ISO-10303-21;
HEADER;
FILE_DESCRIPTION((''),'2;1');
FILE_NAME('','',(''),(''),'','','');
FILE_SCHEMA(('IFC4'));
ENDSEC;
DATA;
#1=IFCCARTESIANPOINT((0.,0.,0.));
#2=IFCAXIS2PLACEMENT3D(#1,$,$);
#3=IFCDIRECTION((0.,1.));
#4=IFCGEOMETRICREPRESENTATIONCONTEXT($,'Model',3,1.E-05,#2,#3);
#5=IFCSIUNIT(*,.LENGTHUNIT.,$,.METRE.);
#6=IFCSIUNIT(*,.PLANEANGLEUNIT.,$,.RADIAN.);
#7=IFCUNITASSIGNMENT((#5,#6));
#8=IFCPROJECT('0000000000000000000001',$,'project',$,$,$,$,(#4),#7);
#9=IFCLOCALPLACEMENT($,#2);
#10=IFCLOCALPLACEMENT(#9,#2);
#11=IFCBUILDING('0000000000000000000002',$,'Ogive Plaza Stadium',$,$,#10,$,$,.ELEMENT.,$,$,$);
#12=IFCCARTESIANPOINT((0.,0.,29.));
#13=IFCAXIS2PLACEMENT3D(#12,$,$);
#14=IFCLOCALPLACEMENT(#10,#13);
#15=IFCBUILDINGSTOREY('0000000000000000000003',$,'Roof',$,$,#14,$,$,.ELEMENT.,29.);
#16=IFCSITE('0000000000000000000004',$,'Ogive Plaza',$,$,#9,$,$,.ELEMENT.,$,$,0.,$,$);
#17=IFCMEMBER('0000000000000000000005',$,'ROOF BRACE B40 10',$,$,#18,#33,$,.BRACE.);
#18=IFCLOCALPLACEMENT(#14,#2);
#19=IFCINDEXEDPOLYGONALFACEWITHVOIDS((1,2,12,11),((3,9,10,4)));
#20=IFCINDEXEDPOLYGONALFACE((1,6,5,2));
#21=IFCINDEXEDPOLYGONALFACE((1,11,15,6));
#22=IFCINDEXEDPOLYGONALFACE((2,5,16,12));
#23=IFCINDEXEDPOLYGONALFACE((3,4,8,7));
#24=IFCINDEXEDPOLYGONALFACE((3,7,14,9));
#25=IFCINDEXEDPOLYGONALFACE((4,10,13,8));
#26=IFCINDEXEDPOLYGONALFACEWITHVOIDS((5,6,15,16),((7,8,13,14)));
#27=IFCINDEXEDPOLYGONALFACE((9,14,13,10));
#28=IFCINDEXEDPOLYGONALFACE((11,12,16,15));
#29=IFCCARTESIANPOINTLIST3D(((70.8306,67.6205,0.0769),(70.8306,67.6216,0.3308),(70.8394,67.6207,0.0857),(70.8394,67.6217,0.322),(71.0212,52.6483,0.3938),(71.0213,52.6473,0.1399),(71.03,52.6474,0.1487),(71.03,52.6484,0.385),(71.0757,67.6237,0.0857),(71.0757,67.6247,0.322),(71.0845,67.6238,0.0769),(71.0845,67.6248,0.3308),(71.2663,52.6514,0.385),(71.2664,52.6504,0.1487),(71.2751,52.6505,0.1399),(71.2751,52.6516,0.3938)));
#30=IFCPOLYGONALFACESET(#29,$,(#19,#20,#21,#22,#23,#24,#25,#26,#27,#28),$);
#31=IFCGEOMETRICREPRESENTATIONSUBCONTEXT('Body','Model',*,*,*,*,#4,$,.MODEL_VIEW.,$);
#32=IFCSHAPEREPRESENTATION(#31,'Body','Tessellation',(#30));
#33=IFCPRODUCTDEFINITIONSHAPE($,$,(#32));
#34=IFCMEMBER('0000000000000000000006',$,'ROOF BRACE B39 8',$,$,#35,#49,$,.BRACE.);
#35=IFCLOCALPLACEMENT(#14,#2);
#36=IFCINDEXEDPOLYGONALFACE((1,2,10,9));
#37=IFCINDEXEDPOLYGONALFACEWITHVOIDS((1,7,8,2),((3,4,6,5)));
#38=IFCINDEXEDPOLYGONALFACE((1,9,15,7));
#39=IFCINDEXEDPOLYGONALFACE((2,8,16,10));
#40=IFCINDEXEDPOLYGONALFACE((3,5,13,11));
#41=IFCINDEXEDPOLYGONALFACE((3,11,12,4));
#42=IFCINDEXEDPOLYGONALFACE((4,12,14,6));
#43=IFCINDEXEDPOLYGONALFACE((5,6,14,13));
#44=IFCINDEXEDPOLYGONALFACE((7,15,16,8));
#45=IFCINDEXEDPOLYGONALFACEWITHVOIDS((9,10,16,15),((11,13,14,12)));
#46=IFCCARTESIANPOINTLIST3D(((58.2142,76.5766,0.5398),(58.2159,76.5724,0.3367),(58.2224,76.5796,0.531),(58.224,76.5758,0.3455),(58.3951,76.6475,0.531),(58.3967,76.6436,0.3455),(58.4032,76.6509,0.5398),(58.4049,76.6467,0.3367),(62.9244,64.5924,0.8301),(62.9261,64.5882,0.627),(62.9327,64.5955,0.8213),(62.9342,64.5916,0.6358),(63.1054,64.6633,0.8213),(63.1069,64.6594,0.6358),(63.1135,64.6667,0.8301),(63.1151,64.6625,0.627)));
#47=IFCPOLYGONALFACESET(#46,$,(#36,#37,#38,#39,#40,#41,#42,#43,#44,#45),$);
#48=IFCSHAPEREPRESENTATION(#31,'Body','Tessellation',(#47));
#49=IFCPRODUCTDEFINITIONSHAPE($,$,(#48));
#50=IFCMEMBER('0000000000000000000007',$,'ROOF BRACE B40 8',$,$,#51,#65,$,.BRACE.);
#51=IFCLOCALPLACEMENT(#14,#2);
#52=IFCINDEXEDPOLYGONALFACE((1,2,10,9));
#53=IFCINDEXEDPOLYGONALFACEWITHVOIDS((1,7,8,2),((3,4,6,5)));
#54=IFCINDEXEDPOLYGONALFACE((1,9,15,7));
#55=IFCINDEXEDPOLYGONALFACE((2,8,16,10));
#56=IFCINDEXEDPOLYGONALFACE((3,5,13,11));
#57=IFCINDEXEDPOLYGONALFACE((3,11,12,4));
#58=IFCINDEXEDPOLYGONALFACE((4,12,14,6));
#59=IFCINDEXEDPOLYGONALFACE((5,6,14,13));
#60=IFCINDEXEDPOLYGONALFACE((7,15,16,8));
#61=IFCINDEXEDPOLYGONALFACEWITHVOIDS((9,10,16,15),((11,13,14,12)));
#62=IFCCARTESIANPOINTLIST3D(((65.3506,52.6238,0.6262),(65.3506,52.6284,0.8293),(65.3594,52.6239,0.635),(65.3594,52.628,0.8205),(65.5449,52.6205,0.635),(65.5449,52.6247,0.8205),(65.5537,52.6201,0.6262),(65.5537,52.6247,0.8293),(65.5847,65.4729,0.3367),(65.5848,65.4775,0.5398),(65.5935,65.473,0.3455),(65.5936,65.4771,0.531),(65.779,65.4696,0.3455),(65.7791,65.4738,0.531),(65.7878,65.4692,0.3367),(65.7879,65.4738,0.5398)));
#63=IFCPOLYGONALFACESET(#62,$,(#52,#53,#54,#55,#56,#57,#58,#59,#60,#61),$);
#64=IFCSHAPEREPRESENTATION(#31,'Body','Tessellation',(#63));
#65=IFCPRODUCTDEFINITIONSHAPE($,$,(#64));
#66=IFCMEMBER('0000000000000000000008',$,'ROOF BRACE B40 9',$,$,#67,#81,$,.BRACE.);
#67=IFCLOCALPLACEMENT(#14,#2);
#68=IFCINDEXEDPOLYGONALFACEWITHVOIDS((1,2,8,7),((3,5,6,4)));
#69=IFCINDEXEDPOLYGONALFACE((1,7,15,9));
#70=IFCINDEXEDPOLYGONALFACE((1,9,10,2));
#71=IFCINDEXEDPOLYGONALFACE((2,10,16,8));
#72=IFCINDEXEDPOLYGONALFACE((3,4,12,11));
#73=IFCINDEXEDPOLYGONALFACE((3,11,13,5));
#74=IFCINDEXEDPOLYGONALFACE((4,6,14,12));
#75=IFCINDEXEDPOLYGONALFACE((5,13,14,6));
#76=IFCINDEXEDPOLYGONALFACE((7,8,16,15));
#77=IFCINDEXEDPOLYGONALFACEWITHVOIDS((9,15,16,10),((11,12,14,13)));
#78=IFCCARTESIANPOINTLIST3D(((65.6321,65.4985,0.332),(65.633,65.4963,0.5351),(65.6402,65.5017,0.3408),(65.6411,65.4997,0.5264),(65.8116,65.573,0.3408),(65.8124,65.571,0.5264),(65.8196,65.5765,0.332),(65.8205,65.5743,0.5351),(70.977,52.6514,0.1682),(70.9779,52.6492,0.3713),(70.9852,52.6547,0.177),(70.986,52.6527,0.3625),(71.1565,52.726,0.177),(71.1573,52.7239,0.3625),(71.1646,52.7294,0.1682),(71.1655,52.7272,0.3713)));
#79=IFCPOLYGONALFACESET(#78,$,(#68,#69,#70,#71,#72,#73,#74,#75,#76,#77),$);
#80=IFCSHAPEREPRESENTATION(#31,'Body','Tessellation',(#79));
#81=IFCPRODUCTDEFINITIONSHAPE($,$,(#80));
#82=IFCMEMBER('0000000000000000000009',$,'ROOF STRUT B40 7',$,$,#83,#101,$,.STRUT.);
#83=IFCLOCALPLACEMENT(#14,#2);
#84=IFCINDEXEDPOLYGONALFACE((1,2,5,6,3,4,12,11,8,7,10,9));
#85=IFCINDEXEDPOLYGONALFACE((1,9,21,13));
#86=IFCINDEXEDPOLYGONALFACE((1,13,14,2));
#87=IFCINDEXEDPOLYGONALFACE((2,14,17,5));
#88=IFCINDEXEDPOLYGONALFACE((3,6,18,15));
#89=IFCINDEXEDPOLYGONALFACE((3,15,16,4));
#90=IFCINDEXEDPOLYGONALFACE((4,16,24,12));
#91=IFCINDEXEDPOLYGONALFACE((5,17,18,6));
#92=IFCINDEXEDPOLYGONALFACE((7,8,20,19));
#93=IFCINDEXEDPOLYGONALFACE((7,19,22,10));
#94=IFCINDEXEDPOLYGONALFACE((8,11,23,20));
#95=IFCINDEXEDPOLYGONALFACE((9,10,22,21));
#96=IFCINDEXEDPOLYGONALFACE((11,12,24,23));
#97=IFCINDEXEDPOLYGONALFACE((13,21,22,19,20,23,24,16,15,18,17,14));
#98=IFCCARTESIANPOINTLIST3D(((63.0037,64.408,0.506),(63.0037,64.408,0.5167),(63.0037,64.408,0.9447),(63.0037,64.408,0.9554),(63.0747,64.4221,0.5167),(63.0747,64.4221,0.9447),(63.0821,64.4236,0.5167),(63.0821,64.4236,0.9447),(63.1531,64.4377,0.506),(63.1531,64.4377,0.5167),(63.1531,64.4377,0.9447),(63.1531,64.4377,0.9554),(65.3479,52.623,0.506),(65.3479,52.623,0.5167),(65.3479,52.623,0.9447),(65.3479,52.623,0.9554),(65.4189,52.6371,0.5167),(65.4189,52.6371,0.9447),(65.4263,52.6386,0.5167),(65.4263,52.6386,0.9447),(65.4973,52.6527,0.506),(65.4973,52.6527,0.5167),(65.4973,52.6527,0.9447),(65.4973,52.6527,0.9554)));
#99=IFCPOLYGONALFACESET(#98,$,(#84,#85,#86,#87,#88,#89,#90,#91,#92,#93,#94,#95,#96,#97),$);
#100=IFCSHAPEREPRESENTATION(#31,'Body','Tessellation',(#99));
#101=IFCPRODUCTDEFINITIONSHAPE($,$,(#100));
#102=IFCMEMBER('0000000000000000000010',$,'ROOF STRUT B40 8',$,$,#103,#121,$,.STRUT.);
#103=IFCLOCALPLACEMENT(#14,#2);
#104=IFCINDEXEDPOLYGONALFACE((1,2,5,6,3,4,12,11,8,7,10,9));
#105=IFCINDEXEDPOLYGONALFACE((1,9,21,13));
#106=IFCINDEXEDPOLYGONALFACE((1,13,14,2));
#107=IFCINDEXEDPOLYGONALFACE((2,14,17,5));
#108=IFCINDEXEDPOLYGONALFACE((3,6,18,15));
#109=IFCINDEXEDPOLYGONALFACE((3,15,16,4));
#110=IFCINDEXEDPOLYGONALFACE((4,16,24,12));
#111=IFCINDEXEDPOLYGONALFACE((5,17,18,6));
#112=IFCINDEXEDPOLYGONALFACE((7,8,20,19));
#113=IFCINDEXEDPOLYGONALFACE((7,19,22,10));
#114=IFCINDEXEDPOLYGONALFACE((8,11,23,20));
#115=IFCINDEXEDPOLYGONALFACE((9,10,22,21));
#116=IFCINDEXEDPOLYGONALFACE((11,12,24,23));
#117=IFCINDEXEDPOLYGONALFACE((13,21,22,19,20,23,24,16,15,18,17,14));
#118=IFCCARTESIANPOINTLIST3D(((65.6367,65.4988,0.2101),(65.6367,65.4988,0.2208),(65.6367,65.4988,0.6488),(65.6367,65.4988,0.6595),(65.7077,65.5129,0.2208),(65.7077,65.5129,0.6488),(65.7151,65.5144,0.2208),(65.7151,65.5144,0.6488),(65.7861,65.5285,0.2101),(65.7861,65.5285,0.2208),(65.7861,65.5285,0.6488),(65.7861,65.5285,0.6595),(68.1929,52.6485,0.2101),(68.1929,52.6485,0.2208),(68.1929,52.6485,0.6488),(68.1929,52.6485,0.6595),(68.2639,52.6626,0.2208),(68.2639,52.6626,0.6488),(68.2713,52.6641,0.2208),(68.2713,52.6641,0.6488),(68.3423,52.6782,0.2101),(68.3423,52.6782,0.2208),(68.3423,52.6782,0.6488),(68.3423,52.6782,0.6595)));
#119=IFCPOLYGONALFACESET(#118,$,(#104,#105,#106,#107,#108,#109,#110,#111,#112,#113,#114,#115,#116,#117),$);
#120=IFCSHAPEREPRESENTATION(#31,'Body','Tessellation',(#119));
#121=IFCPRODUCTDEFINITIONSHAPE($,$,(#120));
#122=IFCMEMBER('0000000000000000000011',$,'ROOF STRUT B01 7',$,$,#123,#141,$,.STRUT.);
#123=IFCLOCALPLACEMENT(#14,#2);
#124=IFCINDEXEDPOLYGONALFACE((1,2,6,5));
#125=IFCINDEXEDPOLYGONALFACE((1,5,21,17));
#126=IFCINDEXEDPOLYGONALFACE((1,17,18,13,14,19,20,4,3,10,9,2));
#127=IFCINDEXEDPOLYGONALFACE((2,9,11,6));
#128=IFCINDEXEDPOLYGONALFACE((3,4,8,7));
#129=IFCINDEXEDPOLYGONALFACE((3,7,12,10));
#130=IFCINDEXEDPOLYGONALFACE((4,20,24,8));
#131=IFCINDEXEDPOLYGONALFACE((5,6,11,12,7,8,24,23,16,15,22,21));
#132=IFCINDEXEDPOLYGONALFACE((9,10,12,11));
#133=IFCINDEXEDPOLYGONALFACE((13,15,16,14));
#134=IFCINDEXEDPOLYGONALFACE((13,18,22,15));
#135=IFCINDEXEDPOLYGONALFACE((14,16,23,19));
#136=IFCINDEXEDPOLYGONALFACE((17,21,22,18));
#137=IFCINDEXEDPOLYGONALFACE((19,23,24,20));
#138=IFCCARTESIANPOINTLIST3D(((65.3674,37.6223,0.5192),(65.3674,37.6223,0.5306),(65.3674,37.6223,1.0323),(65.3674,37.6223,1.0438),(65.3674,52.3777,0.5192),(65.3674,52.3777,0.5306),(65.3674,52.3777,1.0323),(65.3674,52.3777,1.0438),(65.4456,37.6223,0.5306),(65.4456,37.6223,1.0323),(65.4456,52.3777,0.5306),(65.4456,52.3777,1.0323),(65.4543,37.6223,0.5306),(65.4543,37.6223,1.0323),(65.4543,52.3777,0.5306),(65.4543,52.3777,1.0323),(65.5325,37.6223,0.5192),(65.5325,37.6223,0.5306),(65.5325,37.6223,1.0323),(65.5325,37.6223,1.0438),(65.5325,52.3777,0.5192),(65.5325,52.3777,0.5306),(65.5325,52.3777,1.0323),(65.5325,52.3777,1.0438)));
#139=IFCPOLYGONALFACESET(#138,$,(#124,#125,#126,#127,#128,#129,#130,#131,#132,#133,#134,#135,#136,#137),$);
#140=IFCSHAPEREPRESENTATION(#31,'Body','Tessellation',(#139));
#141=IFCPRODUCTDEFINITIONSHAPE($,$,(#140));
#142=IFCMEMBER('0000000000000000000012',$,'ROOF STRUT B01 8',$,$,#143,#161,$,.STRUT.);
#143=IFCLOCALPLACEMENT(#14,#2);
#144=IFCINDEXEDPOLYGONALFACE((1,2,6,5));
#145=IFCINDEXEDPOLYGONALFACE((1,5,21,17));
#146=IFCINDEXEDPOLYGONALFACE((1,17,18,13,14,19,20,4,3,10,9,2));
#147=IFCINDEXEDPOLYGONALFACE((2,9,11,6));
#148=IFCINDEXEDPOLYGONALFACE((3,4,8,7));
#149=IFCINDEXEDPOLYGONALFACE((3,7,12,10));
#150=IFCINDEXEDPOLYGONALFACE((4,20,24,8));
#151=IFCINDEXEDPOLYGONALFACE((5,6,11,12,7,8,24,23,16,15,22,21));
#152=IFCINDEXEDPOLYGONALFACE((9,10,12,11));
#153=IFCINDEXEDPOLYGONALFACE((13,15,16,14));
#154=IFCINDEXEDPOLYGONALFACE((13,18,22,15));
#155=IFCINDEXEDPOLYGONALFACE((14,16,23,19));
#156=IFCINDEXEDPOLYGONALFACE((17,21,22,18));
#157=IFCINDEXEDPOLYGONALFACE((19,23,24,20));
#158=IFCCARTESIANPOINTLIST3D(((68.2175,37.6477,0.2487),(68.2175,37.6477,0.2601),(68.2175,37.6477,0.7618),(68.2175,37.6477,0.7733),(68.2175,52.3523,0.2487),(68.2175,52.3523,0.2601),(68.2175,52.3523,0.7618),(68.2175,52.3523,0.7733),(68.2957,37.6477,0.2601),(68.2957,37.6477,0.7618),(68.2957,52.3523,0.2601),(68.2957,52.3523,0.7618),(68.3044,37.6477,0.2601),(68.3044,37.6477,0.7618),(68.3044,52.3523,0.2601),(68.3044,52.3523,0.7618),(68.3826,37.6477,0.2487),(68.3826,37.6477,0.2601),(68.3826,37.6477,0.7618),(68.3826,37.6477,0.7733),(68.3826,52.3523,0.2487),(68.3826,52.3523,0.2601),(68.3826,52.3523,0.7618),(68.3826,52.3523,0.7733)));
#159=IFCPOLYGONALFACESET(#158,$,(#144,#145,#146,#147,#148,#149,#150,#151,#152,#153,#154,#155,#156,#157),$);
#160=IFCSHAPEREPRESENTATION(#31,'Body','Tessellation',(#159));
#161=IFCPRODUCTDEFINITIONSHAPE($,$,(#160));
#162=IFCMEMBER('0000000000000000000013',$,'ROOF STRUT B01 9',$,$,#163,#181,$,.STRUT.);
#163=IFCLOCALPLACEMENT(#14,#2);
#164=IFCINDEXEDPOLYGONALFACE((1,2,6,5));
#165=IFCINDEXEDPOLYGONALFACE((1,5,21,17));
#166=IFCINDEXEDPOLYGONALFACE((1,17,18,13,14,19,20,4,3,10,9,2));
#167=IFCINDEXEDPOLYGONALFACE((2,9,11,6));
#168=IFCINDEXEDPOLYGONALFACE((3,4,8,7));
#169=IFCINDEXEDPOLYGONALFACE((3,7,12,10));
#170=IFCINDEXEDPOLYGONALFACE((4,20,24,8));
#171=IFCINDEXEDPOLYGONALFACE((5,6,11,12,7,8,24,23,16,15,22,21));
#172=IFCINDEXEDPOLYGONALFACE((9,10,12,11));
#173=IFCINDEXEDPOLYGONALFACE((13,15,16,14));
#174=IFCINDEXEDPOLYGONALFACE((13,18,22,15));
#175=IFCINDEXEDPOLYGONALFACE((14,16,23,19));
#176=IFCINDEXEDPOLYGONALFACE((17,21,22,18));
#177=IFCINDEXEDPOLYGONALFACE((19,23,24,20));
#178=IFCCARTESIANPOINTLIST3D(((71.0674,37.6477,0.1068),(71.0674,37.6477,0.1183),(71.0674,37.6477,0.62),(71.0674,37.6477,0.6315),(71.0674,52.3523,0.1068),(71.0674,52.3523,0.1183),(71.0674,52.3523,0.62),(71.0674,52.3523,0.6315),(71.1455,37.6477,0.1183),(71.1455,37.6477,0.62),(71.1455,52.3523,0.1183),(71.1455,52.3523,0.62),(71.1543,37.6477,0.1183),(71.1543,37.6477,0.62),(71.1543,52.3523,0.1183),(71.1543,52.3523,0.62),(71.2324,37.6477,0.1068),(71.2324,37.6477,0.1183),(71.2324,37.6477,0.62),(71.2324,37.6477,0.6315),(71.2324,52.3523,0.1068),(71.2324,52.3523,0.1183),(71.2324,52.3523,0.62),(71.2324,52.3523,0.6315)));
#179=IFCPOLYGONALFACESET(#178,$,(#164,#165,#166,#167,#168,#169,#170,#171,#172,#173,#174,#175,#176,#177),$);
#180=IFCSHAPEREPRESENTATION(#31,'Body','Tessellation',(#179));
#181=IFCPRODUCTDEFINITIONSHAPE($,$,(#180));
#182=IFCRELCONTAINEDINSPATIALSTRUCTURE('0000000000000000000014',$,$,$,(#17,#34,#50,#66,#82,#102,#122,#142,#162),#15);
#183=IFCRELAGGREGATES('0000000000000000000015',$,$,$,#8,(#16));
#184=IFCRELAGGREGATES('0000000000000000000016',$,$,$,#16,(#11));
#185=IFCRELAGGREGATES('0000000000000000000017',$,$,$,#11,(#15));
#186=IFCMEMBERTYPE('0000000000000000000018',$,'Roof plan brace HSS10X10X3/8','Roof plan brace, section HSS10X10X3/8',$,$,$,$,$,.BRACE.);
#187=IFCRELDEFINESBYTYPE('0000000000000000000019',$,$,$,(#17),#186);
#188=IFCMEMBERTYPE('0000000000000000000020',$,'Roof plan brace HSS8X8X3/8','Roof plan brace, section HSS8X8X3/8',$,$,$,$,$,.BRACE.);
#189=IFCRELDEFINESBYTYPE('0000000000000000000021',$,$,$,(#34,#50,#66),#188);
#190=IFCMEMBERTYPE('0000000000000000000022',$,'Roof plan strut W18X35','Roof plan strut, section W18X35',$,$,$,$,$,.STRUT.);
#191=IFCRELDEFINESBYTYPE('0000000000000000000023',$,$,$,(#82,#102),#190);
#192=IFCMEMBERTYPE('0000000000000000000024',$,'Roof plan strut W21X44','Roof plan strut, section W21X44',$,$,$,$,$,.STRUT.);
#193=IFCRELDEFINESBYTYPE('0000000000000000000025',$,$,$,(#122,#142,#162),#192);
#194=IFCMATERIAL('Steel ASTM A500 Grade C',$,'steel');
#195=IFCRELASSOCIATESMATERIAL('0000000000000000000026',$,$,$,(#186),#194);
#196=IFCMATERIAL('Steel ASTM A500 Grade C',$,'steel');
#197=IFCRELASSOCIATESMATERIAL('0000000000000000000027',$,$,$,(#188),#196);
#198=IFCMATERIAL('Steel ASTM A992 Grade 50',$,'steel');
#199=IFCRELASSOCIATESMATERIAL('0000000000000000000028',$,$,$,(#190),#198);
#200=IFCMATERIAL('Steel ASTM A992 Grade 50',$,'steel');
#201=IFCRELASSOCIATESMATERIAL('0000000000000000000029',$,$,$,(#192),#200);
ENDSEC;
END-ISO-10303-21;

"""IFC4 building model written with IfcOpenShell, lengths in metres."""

from ifc_helpers import new_model, si_unit, direction, frame, origin, origin_2d, place, context, subcontext, project, spatial, hollow_rectangle, i_section, extrude, material, material_profile, profile_set, type_object, element, save


model = new_model("IFC4")

# Units and contexts
model_context = context("Model", 3, precision=1e-05, world=origin(), true_north=direction((0.0, 1.0)))
body_context = subcontext(model_context, "Body", "Model", "MODEL_VIEW")
ifc_project = project(units=[si_unit("LENGTHUNIT", "METRE"), si_unit("PLANEANGLEUNIT", "RADIAN")], contexts=[model_context])

# Site, building, storey
site_placement = place(None, origin())
site = spatial("IfcSite", under=ifc_project, at=site_placement, Name="Ogive Plaza", CompositionType="ELEMENT", RefElevation=0.0)
building_placement = place(site_placement, origin())
building = spatial("IfcBuilding", under=site, at=building_placement, Name="Ogive Plaza Stadium", CompositionType="ELEMENT")
storey_placement = place(building_placement, frame((0.0, 0.0, 29.0)))
storey = spatial("IfcBuildingStorey", under=building, at=storey_placement, Name="Roof", CompositionType="ELEMENT", Elevation=29.0)

# Members
ifc_material_1 = material(Name="Steel ASTM A500 Grade C", Category="steel")
ifc_material_profile_1 = material_profile(ifc_material_1, hollow_rectangle(XDim=0.2539, YDim=0.2539, WallThickness=0.0088, at=origin_2d()), Name="HSS10X10X3/8")
ifc_profile_set_1 = profile_set([ifc_material_profile_1], Name="Steel ASTM A500 Grade C")
member_type_1 = type_object("IfcMemberType", Name="Roof plan brace HSS10X10X3/8", Description="Roof plan brace, section HSS10X10X3/8", PredefinedType="BRACE", material=ifc_profile_set_1)
member_1_placement = place(storey_placement, frame((71.1482, 52.6494, 0.2668), z_axis=(-0.012733, 0.99991, -0.004206), x_axis=(-0.999919, -0.012733, 0.0)))
element("IfcMember", 1, at=member_1_placement, inside=storey, type_object=member_type_1, Name="ROOF BRACE B40 10", PredefinedType="BRACE", context=body_context, shape_type="SweptSolid", body=[
    extrude(hollow_rectangle(XDim=0.2539, YDim=0.2539, WallThickness=0.0088, at=origin_2d()), origin(), (0.0, 0.0, 1.0), 14.9746),
])
ifc_material_2 = material(Name="Steel ASTM A500 Grade C", Category="steel")
ifc_material_profile_2 = material_profile(ifc_material_2, hollow_rectangle(XDim=0.2031, YDim=0.2031, WallThickness=0.0088, at=origin_2d()), Name="HSS8X8X3/8")
ifc_profile_set_2 = profile_set([ifc_material_profile_2], Name="Steel ASTM A500 Grade C")
member_type_2 = type_object("IfcMemberType", Name="Roof plan brace HSS8X8X3/8", Description="Roof plan brace, section HSS8X8X3/8", PredefinedType="BRACE", material=ifc_profile_set_2)
member_2_placement = place(storey_placement, frame((63.0198, 64.6274, 0.7285), z_axis=(-0.365704, 0.930458, -0.022538), x_axis=(-0.930695, -0.365797, 0.0)))
element("IfcMember", 2, at=member_2_placement, inside=storey, type_object=member_type_2, Name="ROOF BRACE B39 8", PredefinedType="BRACE", context=body_context, shape_type="SweptSolid", body=[
    extrude(hollow_rectangle(XDim=0.2031, YDim=0.2031, WallThickness=0.0088, at=origin_2d()), origin(), (0.0, 0.0, 1.0), 12.8799),
])
member_3_placement = place(storey_placement, frame((65.4521, 52.6243, 0.7278), z_axis=(0.018214, 0.99958, -0.022525), x_axis=(-0.999834, 0.018219, 0.0)))
element("IfcMember", 3, at=member_3_placement, inside=storey, type_object=member_type_2, Name="ROOF BRACE B40 8", PredefinedType="BRACE", context=body_context, shape_type="SweptSolid", body=[
    extrude(hollow_rectangle(XDim=0.2031, YDim=0.2031, WallThickness=0.0088, at=origin_2d()), origin(), (0.0, 0.0, 1.0), 12.8545),
])
member_4_placement = place(storey_placement, frame((65.7263, 65.5364, 0.4336), z_axis=(0.384098, -0.923217, -0.011772), x_axis=(0.923281, 0.384124, 0.0)))
element("IfcMember", 4, at=member_4_placement, inside=storey, type_object=member_type_2, Name="ROOF BRACE B40 9", PredefinedType="BRACE", context=body_context, shape_type="SweptSolid", body=[
    extrude(hollow_rectangle(XDim=0.2031, YDim=0.2031, WallThickness=0.0088, at=origin_2d()), origin(), (0.0, 0.0, 1.0), 13.9155),
])
ifc_material_3 = material(Name="Steel ASTM A992 Grade 50", Category="steel")
ifc_material_profile_3 = material_profile(ifc_material_3, i_section(OverallWidth=0.1523, OverallDepth=0.4495, WebThickness=0.0076, FlangeThickness=0.0107, at=origin_2d()), Name="W18X35")
ifc_profile_set_3 = profile_set([ifc_material_profile_3], Name="Steel ASTM A992 Grade 50")
member_type_3 = type_object("IfcMemberType", Name="Roof plan strut W18X35", Description="Roof plan strut, section W18X35", PredefinedType="STRUT", material=ifc_profile_set_3)
member_5_placement = place(storey_placement, frame((63.0784, 64.4229, 0.7307), z_axis=(0.195096, -0.980784, 0.0), x_axis=(0.980784, 0.195096, 0.0)))
element("IfcMember", 5, at=member_5_placement, inside=storey, type_object=member_type_3, Name="ROOF STRUT B40 7", PredefinedType="STRUT", context=body_context, shape_type="SweptSolid", body=[
    extrude(i_section(OverallWidth=0.1523, OverallDepth=0.4495, WebThickness=0.0076, FlangeThickness=0.0107, at=origin_2d()), origin(), (0.0, 0.0, 1.0), 12.0159),
])
member_6_placement = place(storey_placement, frame((65.7114, 65.5137, 0.4348), z_axis=(0.195095, -0.980784, 0.0), x_axis=(0.980784, 0.195095, 0.0)))
element("IfcMember", 6, at=member_6_placement, inside=storey, type_object=member_type_3, Name="ROOF STRUT B40 8", PredefinedType="STRUT", context=body_context, shape_type="SweptSolid", body=[
    extrude(i_section(OverallWidth=0.1523, OverallDepth=0.4495, WebThickness=0.0076, FlangeThickness=0.0107, at=origin_2d()), origin(), (0.0, 0.0, 1.0), 13.1021),
])
ifc_material_4 = material(Name="Steel ASTM A992 Grade 50", Category="steel")
ifc_material_profile_4 = material_profile(ifc_material_4, i_section(OverallWidth=0.165, OverallDepth=0.5247, WebThickness=0.0088, FlangeThickness=0.0115, at=origin_2d()), Name="W21X44")
ifc_profile_set_4 = profile_set([ifc_material_profile_4], Name="Steel ASTM A992 Grade 50")
member_type_4 = type_object("IfcMemberType", Name="Roof plan strut W21X44", Description="Roof plan strut, section W21X44", PredefinedType="STRUT", material=ifc_profile_set_4)
member_7_placement = place(storey_placement, frame((65.45, 52.3777, 0.7815), z_axis=(0.0, -1.0, 0.0), x_axis=(1.0, 0.0, 0.0)))
element("IfcMember", 7, at=member_7_placement, inside=storey, type_object=member_type_4, Name="ROOF STRUT B01 7", PredefinedType="STRUT", context=body_context, shape_type="SweptSolid", body=[
    extrude(i_section(OverallWidth=0.165, OverallDepth=0.5247, WebThickness=0.0088, FlangeThickness=0.0115, at=origin_2d()), origin(), (0.0, 0.0, 1.0), 14.7554),
])
for number, where, z_axis, x_axis, name in (
    (8, (68.3, 52.3523, 0.511), (0.0, -1.0, 0.0), (1.0, 0.0, 0.0), "ROOF STRUT B01 8"),
    (9, (71.1499, 52.3523, 0.3691), (0.0, -1.0, 0.0), (1.0, 0.0, 0.0), "ROOF STRUT B01 9"),
):
    element("IfcMember", number, at=place(storey_placement, frame(where, z_axis=z_axis, x_axis=x_axis)), inside=storey, type_object=member_type_4, Name=name, PredefinedType="STRUT", context=body_context, shape_type="SweptSolid", body=[
        extrude(i_section(OverallWidth=0.165, OverallDepth=0.5247, WebThickness=0.0088, FlangeThickness=0.0115, at=origin_2d()), origin(), (0.0, 0.0, 1.0), 14.7046),
    ])

save(model, "model.ifc")
